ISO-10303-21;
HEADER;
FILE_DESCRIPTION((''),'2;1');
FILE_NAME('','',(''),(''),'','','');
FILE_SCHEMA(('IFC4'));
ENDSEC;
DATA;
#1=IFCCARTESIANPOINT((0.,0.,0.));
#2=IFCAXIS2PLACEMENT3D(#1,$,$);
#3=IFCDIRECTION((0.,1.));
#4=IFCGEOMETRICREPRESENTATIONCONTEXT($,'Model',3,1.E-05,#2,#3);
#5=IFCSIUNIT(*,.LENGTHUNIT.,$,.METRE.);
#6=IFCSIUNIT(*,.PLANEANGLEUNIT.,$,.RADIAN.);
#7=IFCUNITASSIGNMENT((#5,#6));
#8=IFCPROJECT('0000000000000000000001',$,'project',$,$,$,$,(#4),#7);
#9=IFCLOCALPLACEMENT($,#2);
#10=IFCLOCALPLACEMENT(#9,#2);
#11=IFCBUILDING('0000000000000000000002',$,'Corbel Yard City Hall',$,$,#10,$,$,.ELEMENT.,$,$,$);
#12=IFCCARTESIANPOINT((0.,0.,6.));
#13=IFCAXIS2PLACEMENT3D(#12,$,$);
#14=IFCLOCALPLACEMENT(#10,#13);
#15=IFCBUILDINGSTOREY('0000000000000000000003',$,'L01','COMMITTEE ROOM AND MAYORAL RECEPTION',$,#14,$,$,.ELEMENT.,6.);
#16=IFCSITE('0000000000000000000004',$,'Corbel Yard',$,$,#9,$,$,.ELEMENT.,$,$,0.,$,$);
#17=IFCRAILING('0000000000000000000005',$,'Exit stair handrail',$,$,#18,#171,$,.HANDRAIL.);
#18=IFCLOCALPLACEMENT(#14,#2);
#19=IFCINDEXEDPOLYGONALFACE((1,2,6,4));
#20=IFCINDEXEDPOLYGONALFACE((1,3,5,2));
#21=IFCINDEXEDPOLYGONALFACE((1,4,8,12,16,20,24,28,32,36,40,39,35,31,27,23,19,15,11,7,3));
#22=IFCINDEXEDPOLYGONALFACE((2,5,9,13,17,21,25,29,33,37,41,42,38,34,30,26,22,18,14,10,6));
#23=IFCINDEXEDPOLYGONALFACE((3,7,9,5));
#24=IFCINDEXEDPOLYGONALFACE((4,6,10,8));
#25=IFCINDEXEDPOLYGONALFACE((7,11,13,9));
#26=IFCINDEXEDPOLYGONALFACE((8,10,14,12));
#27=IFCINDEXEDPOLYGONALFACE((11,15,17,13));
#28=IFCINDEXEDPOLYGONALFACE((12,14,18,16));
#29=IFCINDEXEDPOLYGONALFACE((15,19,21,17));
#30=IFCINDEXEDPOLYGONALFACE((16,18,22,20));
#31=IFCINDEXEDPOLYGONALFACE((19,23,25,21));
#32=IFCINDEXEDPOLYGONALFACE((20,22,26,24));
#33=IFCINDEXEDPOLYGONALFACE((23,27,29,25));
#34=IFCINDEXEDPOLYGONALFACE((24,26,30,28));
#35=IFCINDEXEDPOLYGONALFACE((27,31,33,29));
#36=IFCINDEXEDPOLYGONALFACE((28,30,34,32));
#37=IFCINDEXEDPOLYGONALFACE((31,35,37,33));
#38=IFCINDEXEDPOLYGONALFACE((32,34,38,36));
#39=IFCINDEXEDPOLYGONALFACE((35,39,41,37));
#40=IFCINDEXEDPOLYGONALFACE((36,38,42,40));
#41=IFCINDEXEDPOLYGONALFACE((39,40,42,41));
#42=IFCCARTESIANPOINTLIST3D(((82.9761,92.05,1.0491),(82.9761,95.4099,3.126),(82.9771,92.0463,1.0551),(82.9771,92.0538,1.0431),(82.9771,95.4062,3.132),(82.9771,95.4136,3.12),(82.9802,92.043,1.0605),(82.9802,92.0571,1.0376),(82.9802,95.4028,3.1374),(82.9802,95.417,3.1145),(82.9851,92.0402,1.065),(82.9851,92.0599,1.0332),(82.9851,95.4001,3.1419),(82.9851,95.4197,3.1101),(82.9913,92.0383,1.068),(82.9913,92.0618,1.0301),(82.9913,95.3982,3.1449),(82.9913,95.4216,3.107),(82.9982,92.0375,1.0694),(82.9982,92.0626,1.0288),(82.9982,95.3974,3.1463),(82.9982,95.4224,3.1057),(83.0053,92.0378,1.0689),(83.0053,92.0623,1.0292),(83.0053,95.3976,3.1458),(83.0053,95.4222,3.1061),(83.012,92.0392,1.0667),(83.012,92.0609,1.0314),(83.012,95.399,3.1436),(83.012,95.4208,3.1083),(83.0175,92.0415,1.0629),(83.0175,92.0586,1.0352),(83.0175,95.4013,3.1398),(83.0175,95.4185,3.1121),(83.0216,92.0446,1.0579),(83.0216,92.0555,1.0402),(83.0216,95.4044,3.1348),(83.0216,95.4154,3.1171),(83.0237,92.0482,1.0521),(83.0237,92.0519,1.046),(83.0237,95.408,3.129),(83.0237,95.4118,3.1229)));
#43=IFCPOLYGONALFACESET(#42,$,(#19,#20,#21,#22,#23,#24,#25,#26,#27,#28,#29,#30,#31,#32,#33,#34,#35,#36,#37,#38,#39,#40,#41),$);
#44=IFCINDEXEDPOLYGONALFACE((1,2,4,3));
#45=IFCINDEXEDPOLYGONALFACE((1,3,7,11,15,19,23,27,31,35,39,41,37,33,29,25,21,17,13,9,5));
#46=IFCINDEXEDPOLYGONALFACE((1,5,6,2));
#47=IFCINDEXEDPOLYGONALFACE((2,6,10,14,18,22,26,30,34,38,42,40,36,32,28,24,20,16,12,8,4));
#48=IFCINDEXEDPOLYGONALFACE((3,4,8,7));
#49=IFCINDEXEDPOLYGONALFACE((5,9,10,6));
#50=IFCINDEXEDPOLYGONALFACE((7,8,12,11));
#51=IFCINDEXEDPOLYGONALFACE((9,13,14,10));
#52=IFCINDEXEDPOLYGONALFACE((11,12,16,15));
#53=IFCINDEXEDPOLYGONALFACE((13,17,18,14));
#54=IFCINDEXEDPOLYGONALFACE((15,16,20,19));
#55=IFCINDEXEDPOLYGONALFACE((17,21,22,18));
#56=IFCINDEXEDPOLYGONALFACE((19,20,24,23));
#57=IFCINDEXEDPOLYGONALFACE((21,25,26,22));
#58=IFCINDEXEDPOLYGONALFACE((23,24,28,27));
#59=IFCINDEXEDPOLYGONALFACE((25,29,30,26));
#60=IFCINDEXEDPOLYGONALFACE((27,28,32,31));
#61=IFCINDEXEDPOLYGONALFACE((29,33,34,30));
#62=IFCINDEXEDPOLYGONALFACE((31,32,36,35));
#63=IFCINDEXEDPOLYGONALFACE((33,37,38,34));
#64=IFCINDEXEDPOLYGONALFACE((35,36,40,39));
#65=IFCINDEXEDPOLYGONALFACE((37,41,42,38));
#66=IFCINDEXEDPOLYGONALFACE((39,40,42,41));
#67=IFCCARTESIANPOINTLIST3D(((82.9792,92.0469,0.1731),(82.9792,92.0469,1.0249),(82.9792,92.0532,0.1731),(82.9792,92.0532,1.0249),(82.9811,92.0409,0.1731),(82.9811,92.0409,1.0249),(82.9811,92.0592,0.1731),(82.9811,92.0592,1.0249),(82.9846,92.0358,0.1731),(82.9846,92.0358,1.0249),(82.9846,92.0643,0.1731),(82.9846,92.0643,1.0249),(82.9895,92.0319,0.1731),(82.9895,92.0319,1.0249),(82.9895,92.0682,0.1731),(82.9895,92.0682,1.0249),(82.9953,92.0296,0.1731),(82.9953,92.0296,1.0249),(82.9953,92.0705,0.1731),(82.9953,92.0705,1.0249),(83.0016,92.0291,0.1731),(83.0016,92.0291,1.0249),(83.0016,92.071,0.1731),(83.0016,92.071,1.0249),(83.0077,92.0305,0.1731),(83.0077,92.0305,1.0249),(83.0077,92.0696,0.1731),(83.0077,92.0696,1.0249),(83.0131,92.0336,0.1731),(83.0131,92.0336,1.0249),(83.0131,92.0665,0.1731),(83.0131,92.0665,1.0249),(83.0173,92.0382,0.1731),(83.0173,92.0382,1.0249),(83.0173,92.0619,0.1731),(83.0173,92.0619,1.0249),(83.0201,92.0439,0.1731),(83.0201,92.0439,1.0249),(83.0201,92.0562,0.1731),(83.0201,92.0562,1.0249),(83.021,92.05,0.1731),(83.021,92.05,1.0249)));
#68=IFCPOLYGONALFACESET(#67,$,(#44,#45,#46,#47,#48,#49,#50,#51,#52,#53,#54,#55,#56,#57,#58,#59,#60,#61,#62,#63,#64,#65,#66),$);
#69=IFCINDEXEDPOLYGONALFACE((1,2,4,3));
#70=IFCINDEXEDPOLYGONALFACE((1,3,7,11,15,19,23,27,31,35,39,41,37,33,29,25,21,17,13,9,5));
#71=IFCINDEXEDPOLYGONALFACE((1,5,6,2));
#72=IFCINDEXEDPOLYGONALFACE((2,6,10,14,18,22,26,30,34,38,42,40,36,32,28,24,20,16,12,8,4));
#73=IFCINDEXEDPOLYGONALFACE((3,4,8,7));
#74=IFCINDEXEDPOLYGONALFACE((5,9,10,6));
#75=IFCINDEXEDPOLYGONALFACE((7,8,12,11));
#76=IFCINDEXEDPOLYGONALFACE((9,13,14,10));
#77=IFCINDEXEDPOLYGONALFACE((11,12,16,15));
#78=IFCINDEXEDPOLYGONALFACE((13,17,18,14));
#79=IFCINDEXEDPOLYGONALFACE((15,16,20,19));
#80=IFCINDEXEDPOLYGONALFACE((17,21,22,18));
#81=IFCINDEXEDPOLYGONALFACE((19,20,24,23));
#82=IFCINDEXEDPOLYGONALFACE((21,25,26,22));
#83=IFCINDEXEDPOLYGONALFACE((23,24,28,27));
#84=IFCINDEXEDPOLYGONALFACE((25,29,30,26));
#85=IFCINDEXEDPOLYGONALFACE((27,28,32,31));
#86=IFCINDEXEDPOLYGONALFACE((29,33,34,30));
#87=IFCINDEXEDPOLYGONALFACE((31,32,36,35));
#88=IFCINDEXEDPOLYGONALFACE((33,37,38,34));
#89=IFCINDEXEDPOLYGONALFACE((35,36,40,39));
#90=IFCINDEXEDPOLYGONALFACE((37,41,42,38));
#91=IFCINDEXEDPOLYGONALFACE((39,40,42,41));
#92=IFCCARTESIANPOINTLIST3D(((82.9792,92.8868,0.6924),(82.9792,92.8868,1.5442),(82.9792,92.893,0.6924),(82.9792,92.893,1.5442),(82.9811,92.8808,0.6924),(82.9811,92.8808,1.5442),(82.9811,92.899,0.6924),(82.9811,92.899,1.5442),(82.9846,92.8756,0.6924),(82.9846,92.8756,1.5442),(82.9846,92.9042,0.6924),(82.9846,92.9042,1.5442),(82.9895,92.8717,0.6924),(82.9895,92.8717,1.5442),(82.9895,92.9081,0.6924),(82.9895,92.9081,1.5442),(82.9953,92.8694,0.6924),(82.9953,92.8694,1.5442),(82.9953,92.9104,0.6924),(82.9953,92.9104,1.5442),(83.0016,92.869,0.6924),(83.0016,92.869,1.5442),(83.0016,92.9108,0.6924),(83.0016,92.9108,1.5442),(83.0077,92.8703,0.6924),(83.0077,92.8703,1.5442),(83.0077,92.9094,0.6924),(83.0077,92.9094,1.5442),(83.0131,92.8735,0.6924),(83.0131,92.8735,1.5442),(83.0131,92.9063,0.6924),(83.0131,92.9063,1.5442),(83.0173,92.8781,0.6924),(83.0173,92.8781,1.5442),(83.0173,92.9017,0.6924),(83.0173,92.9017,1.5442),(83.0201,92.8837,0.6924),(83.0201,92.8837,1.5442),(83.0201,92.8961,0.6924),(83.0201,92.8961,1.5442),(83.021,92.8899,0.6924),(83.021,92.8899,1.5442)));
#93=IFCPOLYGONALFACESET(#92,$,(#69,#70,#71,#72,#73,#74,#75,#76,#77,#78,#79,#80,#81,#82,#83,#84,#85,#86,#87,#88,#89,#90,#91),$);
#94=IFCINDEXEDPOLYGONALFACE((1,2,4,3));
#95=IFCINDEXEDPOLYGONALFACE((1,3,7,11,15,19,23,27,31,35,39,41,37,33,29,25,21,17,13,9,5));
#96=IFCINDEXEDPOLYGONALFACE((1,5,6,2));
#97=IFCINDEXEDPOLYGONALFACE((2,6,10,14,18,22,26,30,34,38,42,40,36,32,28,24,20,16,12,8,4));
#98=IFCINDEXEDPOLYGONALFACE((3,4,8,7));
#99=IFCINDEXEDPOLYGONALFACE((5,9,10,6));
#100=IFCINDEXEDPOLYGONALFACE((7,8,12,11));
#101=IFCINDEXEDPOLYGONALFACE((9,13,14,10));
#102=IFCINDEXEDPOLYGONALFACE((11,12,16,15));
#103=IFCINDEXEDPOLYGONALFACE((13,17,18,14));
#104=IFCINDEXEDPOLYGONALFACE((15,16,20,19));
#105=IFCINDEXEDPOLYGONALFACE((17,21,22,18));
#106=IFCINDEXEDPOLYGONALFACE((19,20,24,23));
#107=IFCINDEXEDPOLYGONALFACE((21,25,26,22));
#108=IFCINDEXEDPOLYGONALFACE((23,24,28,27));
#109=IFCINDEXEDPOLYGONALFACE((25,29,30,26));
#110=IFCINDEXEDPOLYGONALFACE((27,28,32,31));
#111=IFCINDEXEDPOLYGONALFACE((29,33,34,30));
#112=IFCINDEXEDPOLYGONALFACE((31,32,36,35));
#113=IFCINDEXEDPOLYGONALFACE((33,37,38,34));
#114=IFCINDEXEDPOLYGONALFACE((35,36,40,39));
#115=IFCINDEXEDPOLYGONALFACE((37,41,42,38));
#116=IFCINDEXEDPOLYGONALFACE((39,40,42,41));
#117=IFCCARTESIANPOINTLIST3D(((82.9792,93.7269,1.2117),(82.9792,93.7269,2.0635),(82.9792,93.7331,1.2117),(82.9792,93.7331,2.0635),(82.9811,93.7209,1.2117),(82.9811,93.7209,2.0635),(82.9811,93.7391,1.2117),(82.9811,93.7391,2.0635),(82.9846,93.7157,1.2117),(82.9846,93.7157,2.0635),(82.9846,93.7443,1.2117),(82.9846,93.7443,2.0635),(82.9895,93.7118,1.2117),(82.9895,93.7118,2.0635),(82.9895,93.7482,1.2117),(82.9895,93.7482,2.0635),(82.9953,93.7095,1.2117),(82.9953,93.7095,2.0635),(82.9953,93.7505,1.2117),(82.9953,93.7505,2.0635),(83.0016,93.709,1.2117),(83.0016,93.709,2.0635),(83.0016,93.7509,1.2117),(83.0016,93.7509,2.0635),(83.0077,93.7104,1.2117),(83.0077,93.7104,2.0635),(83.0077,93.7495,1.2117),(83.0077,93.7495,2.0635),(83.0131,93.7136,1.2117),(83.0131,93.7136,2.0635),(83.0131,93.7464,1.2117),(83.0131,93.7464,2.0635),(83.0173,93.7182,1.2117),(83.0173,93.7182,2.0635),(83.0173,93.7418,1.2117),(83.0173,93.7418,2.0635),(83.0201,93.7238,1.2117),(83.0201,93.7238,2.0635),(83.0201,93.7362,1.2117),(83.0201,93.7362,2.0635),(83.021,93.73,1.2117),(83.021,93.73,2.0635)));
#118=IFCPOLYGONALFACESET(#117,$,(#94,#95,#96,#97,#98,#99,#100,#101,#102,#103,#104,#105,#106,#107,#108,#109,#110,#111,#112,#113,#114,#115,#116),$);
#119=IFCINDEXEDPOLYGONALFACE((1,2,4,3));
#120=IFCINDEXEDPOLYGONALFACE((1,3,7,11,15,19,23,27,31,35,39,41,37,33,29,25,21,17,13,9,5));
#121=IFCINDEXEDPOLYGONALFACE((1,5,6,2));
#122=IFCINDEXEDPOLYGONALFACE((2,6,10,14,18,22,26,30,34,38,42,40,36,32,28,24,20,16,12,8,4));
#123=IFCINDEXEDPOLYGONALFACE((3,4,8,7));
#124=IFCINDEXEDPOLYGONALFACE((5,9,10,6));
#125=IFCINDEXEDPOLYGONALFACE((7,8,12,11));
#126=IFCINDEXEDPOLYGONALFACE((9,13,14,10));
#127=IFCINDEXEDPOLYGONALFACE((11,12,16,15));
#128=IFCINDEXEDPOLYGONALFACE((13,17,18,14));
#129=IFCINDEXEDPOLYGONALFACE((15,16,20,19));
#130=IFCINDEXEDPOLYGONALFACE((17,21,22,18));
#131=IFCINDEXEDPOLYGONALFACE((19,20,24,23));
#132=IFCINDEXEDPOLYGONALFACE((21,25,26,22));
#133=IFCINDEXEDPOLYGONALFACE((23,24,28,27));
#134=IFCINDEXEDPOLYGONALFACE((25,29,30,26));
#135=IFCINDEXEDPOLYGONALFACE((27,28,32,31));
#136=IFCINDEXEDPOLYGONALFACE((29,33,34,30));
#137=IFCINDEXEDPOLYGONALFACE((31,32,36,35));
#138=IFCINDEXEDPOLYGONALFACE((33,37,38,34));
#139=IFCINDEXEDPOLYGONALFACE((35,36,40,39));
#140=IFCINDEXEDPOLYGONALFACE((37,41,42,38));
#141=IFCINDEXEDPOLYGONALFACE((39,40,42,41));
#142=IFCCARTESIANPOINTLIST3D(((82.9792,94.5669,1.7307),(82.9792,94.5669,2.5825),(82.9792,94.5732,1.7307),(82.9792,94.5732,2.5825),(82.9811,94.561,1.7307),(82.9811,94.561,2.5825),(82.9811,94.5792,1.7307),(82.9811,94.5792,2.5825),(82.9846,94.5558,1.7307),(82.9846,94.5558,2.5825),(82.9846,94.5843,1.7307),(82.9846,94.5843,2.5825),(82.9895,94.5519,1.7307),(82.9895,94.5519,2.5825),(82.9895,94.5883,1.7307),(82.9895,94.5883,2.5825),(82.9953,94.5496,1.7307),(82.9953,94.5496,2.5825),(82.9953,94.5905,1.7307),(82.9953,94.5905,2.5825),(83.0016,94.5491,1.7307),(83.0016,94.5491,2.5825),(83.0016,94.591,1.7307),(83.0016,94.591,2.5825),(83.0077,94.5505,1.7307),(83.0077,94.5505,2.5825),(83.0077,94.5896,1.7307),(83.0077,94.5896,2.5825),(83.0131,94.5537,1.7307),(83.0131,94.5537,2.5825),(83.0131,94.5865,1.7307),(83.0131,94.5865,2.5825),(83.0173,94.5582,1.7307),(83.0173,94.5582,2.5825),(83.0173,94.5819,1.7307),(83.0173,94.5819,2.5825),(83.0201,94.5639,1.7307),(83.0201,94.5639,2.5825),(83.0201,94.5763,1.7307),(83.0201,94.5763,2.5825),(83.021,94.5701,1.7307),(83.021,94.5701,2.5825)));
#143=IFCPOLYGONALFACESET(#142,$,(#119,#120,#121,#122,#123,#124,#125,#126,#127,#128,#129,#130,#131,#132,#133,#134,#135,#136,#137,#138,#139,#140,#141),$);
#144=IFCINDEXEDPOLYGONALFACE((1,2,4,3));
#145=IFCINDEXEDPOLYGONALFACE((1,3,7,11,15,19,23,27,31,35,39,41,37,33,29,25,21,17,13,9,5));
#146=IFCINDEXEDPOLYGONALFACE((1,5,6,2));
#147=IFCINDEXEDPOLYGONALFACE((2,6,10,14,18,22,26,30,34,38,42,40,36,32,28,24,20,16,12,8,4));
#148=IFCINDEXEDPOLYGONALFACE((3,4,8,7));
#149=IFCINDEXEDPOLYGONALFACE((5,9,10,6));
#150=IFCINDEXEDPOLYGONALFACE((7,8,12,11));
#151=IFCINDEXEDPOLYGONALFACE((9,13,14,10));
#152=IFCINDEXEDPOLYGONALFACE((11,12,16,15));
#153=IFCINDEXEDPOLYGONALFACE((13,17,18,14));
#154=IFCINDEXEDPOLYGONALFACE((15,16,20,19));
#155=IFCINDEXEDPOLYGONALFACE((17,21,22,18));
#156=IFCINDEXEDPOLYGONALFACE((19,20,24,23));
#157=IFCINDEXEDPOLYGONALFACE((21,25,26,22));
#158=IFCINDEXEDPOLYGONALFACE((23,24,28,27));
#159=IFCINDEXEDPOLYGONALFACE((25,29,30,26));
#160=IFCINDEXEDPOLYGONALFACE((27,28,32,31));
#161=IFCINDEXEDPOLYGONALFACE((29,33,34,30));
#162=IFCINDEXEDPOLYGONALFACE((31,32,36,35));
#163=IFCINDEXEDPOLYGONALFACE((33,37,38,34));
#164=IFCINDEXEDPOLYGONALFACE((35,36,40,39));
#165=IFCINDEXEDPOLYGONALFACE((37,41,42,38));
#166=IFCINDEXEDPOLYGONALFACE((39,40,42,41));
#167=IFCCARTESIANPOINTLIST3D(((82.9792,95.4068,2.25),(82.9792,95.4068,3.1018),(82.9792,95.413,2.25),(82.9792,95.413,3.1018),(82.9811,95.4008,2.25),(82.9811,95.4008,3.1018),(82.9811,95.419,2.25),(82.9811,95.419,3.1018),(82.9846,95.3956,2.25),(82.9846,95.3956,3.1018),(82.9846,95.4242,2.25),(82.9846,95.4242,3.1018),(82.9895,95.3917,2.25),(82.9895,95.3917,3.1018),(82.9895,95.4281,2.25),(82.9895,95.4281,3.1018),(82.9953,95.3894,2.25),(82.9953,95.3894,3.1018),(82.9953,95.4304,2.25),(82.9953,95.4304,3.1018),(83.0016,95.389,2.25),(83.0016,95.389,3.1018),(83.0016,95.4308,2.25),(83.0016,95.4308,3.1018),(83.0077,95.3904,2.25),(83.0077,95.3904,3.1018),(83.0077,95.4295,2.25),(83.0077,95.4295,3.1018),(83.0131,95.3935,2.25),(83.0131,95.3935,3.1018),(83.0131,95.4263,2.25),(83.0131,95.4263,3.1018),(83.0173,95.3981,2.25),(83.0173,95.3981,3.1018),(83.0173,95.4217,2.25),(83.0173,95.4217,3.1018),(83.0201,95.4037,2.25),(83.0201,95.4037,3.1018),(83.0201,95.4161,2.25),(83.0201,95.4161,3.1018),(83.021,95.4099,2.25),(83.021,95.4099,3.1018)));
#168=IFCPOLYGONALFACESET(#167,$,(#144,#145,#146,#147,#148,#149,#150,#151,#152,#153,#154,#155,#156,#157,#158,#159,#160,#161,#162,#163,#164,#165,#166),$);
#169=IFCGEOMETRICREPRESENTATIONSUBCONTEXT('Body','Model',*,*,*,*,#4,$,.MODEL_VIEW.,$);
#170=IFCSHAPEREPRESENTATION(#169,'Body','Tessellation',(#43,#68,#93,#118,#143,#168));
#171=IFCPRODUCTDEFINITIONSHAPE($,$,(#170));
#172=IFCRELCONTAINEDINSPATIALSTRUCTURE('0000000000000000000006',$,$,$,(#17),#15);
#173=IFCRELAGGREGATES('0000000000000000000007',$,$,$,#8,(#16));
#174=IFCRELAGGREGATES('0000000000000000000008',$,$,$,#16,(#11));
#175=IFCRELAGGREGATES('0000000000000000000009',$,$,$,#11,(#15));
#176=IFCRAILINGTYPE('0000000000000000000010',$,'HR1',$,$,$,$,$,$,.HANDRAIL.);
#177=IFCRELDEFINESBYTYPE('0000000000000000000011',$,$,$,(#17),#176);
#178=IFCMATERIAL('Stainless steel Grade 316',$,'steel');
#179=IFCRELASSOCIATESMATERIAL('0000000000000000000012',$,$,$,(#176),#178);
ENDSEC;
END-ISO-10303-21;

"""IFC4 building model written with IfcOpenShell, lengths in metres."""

from ifc_helpers import new_model, si_unit, direction, frame, origin, origin_2d, place, context, subcontext, project, spatial, circle, extrude, material, type_object, element, save


model = new_model("IFC4")

# Units and contexts
model_context = context("Model", 3, precision=1e-05, world=origin(), true_north=direction((0.0, 1.0)))
body_context = subcontext(model_context, "Body", "Model", "MODEL_VIEW")
ifc_project = project(units=[si_unit("LENGTHUNIT", "METRE"), si_unit("PLANEANGLEUNIT", "RADIAN")], contexts=[model_context])

# Site, building, storey
site_placement = place(None, origin())
site = spatial("IfcSite", under=ifc_project, at=site_placement, Name="Corbel Yard", CompositionType="ELEMENT", RefElevation=0.0)
building_placement = place(site_placement, origin())
building = spatial("IfcBuilding", under=site, at=building_placement, Name="Corbel Yard City Hall", CompositionType="ELEMENT")
storey_placement = place(building_placement, frame((0.0, 0.0, 6.0)))
storey = spatial("IfcBuildingStorey", under=building, at=storey_placement, Name="L01", Description="COMMITTEE ROOM AND MAYORAL RECEPTION", CompositionType="ELEMENT", Elevation=6.0)

# Shared definitions
ifc_material_1 = material(Name="Stainless steel Grade 316", Category="steel")

# Railing
railing_type_1 = type_object("IfcRailingType", Name="HR1", PredefinedType="HANDRAIL", material=ifc_material_1)
for number, where, name in (
    (1, (83.0, 92.05, 0.1731), "Exit stair handrail"),
):
    element("IfcRailing", number, at=place(storey_placement, frame(where)), inside=storey, type_object=railing_type_1, Name=name, PredefinedType="HANDRAIL", context=body_context, shape_type="SweptSolid", body=[
        extrude(circle(Radius=0.0239, at=origin_2d()), frame((0.0, 0.0, 0.876), z_axis=(0.0, 0.850606, 0.525803), x_axis=(-1.0, 0.0, 0.0)), (0.0, 0.0, 1.0), 3.95),
        extrude(circle(Radius=0.021, at=origin_2d()), origin(), (0.0, 0.0, 1.0), 0.8518),
        extrude(circle(Radius=0.021, at=origin_2d()), frame((0.0, 0.8398, 0.5193)), (0.0, 0.0, 1.0), 0.8518),
        extrude(circle(Radius=0.021, at=origin_2d()), frame((0.0, 1.6799, 1.0386)), (0.0, 0.0, 1.0), 0.8518),
        extrude(circle(Radius=0.021, at=origin_2d()), frame((0.0, 2.52, 1.5576)), (0.0, 0.0, 1.0), 0.8518),
        extrude(circle(Radius=0.021, at=origin_2d()), frame((0.0, 3.3599, 2.0769)), (0.0, 0.0, 1.0), 0.8518),
    ])

save(model, "model.ifc")
